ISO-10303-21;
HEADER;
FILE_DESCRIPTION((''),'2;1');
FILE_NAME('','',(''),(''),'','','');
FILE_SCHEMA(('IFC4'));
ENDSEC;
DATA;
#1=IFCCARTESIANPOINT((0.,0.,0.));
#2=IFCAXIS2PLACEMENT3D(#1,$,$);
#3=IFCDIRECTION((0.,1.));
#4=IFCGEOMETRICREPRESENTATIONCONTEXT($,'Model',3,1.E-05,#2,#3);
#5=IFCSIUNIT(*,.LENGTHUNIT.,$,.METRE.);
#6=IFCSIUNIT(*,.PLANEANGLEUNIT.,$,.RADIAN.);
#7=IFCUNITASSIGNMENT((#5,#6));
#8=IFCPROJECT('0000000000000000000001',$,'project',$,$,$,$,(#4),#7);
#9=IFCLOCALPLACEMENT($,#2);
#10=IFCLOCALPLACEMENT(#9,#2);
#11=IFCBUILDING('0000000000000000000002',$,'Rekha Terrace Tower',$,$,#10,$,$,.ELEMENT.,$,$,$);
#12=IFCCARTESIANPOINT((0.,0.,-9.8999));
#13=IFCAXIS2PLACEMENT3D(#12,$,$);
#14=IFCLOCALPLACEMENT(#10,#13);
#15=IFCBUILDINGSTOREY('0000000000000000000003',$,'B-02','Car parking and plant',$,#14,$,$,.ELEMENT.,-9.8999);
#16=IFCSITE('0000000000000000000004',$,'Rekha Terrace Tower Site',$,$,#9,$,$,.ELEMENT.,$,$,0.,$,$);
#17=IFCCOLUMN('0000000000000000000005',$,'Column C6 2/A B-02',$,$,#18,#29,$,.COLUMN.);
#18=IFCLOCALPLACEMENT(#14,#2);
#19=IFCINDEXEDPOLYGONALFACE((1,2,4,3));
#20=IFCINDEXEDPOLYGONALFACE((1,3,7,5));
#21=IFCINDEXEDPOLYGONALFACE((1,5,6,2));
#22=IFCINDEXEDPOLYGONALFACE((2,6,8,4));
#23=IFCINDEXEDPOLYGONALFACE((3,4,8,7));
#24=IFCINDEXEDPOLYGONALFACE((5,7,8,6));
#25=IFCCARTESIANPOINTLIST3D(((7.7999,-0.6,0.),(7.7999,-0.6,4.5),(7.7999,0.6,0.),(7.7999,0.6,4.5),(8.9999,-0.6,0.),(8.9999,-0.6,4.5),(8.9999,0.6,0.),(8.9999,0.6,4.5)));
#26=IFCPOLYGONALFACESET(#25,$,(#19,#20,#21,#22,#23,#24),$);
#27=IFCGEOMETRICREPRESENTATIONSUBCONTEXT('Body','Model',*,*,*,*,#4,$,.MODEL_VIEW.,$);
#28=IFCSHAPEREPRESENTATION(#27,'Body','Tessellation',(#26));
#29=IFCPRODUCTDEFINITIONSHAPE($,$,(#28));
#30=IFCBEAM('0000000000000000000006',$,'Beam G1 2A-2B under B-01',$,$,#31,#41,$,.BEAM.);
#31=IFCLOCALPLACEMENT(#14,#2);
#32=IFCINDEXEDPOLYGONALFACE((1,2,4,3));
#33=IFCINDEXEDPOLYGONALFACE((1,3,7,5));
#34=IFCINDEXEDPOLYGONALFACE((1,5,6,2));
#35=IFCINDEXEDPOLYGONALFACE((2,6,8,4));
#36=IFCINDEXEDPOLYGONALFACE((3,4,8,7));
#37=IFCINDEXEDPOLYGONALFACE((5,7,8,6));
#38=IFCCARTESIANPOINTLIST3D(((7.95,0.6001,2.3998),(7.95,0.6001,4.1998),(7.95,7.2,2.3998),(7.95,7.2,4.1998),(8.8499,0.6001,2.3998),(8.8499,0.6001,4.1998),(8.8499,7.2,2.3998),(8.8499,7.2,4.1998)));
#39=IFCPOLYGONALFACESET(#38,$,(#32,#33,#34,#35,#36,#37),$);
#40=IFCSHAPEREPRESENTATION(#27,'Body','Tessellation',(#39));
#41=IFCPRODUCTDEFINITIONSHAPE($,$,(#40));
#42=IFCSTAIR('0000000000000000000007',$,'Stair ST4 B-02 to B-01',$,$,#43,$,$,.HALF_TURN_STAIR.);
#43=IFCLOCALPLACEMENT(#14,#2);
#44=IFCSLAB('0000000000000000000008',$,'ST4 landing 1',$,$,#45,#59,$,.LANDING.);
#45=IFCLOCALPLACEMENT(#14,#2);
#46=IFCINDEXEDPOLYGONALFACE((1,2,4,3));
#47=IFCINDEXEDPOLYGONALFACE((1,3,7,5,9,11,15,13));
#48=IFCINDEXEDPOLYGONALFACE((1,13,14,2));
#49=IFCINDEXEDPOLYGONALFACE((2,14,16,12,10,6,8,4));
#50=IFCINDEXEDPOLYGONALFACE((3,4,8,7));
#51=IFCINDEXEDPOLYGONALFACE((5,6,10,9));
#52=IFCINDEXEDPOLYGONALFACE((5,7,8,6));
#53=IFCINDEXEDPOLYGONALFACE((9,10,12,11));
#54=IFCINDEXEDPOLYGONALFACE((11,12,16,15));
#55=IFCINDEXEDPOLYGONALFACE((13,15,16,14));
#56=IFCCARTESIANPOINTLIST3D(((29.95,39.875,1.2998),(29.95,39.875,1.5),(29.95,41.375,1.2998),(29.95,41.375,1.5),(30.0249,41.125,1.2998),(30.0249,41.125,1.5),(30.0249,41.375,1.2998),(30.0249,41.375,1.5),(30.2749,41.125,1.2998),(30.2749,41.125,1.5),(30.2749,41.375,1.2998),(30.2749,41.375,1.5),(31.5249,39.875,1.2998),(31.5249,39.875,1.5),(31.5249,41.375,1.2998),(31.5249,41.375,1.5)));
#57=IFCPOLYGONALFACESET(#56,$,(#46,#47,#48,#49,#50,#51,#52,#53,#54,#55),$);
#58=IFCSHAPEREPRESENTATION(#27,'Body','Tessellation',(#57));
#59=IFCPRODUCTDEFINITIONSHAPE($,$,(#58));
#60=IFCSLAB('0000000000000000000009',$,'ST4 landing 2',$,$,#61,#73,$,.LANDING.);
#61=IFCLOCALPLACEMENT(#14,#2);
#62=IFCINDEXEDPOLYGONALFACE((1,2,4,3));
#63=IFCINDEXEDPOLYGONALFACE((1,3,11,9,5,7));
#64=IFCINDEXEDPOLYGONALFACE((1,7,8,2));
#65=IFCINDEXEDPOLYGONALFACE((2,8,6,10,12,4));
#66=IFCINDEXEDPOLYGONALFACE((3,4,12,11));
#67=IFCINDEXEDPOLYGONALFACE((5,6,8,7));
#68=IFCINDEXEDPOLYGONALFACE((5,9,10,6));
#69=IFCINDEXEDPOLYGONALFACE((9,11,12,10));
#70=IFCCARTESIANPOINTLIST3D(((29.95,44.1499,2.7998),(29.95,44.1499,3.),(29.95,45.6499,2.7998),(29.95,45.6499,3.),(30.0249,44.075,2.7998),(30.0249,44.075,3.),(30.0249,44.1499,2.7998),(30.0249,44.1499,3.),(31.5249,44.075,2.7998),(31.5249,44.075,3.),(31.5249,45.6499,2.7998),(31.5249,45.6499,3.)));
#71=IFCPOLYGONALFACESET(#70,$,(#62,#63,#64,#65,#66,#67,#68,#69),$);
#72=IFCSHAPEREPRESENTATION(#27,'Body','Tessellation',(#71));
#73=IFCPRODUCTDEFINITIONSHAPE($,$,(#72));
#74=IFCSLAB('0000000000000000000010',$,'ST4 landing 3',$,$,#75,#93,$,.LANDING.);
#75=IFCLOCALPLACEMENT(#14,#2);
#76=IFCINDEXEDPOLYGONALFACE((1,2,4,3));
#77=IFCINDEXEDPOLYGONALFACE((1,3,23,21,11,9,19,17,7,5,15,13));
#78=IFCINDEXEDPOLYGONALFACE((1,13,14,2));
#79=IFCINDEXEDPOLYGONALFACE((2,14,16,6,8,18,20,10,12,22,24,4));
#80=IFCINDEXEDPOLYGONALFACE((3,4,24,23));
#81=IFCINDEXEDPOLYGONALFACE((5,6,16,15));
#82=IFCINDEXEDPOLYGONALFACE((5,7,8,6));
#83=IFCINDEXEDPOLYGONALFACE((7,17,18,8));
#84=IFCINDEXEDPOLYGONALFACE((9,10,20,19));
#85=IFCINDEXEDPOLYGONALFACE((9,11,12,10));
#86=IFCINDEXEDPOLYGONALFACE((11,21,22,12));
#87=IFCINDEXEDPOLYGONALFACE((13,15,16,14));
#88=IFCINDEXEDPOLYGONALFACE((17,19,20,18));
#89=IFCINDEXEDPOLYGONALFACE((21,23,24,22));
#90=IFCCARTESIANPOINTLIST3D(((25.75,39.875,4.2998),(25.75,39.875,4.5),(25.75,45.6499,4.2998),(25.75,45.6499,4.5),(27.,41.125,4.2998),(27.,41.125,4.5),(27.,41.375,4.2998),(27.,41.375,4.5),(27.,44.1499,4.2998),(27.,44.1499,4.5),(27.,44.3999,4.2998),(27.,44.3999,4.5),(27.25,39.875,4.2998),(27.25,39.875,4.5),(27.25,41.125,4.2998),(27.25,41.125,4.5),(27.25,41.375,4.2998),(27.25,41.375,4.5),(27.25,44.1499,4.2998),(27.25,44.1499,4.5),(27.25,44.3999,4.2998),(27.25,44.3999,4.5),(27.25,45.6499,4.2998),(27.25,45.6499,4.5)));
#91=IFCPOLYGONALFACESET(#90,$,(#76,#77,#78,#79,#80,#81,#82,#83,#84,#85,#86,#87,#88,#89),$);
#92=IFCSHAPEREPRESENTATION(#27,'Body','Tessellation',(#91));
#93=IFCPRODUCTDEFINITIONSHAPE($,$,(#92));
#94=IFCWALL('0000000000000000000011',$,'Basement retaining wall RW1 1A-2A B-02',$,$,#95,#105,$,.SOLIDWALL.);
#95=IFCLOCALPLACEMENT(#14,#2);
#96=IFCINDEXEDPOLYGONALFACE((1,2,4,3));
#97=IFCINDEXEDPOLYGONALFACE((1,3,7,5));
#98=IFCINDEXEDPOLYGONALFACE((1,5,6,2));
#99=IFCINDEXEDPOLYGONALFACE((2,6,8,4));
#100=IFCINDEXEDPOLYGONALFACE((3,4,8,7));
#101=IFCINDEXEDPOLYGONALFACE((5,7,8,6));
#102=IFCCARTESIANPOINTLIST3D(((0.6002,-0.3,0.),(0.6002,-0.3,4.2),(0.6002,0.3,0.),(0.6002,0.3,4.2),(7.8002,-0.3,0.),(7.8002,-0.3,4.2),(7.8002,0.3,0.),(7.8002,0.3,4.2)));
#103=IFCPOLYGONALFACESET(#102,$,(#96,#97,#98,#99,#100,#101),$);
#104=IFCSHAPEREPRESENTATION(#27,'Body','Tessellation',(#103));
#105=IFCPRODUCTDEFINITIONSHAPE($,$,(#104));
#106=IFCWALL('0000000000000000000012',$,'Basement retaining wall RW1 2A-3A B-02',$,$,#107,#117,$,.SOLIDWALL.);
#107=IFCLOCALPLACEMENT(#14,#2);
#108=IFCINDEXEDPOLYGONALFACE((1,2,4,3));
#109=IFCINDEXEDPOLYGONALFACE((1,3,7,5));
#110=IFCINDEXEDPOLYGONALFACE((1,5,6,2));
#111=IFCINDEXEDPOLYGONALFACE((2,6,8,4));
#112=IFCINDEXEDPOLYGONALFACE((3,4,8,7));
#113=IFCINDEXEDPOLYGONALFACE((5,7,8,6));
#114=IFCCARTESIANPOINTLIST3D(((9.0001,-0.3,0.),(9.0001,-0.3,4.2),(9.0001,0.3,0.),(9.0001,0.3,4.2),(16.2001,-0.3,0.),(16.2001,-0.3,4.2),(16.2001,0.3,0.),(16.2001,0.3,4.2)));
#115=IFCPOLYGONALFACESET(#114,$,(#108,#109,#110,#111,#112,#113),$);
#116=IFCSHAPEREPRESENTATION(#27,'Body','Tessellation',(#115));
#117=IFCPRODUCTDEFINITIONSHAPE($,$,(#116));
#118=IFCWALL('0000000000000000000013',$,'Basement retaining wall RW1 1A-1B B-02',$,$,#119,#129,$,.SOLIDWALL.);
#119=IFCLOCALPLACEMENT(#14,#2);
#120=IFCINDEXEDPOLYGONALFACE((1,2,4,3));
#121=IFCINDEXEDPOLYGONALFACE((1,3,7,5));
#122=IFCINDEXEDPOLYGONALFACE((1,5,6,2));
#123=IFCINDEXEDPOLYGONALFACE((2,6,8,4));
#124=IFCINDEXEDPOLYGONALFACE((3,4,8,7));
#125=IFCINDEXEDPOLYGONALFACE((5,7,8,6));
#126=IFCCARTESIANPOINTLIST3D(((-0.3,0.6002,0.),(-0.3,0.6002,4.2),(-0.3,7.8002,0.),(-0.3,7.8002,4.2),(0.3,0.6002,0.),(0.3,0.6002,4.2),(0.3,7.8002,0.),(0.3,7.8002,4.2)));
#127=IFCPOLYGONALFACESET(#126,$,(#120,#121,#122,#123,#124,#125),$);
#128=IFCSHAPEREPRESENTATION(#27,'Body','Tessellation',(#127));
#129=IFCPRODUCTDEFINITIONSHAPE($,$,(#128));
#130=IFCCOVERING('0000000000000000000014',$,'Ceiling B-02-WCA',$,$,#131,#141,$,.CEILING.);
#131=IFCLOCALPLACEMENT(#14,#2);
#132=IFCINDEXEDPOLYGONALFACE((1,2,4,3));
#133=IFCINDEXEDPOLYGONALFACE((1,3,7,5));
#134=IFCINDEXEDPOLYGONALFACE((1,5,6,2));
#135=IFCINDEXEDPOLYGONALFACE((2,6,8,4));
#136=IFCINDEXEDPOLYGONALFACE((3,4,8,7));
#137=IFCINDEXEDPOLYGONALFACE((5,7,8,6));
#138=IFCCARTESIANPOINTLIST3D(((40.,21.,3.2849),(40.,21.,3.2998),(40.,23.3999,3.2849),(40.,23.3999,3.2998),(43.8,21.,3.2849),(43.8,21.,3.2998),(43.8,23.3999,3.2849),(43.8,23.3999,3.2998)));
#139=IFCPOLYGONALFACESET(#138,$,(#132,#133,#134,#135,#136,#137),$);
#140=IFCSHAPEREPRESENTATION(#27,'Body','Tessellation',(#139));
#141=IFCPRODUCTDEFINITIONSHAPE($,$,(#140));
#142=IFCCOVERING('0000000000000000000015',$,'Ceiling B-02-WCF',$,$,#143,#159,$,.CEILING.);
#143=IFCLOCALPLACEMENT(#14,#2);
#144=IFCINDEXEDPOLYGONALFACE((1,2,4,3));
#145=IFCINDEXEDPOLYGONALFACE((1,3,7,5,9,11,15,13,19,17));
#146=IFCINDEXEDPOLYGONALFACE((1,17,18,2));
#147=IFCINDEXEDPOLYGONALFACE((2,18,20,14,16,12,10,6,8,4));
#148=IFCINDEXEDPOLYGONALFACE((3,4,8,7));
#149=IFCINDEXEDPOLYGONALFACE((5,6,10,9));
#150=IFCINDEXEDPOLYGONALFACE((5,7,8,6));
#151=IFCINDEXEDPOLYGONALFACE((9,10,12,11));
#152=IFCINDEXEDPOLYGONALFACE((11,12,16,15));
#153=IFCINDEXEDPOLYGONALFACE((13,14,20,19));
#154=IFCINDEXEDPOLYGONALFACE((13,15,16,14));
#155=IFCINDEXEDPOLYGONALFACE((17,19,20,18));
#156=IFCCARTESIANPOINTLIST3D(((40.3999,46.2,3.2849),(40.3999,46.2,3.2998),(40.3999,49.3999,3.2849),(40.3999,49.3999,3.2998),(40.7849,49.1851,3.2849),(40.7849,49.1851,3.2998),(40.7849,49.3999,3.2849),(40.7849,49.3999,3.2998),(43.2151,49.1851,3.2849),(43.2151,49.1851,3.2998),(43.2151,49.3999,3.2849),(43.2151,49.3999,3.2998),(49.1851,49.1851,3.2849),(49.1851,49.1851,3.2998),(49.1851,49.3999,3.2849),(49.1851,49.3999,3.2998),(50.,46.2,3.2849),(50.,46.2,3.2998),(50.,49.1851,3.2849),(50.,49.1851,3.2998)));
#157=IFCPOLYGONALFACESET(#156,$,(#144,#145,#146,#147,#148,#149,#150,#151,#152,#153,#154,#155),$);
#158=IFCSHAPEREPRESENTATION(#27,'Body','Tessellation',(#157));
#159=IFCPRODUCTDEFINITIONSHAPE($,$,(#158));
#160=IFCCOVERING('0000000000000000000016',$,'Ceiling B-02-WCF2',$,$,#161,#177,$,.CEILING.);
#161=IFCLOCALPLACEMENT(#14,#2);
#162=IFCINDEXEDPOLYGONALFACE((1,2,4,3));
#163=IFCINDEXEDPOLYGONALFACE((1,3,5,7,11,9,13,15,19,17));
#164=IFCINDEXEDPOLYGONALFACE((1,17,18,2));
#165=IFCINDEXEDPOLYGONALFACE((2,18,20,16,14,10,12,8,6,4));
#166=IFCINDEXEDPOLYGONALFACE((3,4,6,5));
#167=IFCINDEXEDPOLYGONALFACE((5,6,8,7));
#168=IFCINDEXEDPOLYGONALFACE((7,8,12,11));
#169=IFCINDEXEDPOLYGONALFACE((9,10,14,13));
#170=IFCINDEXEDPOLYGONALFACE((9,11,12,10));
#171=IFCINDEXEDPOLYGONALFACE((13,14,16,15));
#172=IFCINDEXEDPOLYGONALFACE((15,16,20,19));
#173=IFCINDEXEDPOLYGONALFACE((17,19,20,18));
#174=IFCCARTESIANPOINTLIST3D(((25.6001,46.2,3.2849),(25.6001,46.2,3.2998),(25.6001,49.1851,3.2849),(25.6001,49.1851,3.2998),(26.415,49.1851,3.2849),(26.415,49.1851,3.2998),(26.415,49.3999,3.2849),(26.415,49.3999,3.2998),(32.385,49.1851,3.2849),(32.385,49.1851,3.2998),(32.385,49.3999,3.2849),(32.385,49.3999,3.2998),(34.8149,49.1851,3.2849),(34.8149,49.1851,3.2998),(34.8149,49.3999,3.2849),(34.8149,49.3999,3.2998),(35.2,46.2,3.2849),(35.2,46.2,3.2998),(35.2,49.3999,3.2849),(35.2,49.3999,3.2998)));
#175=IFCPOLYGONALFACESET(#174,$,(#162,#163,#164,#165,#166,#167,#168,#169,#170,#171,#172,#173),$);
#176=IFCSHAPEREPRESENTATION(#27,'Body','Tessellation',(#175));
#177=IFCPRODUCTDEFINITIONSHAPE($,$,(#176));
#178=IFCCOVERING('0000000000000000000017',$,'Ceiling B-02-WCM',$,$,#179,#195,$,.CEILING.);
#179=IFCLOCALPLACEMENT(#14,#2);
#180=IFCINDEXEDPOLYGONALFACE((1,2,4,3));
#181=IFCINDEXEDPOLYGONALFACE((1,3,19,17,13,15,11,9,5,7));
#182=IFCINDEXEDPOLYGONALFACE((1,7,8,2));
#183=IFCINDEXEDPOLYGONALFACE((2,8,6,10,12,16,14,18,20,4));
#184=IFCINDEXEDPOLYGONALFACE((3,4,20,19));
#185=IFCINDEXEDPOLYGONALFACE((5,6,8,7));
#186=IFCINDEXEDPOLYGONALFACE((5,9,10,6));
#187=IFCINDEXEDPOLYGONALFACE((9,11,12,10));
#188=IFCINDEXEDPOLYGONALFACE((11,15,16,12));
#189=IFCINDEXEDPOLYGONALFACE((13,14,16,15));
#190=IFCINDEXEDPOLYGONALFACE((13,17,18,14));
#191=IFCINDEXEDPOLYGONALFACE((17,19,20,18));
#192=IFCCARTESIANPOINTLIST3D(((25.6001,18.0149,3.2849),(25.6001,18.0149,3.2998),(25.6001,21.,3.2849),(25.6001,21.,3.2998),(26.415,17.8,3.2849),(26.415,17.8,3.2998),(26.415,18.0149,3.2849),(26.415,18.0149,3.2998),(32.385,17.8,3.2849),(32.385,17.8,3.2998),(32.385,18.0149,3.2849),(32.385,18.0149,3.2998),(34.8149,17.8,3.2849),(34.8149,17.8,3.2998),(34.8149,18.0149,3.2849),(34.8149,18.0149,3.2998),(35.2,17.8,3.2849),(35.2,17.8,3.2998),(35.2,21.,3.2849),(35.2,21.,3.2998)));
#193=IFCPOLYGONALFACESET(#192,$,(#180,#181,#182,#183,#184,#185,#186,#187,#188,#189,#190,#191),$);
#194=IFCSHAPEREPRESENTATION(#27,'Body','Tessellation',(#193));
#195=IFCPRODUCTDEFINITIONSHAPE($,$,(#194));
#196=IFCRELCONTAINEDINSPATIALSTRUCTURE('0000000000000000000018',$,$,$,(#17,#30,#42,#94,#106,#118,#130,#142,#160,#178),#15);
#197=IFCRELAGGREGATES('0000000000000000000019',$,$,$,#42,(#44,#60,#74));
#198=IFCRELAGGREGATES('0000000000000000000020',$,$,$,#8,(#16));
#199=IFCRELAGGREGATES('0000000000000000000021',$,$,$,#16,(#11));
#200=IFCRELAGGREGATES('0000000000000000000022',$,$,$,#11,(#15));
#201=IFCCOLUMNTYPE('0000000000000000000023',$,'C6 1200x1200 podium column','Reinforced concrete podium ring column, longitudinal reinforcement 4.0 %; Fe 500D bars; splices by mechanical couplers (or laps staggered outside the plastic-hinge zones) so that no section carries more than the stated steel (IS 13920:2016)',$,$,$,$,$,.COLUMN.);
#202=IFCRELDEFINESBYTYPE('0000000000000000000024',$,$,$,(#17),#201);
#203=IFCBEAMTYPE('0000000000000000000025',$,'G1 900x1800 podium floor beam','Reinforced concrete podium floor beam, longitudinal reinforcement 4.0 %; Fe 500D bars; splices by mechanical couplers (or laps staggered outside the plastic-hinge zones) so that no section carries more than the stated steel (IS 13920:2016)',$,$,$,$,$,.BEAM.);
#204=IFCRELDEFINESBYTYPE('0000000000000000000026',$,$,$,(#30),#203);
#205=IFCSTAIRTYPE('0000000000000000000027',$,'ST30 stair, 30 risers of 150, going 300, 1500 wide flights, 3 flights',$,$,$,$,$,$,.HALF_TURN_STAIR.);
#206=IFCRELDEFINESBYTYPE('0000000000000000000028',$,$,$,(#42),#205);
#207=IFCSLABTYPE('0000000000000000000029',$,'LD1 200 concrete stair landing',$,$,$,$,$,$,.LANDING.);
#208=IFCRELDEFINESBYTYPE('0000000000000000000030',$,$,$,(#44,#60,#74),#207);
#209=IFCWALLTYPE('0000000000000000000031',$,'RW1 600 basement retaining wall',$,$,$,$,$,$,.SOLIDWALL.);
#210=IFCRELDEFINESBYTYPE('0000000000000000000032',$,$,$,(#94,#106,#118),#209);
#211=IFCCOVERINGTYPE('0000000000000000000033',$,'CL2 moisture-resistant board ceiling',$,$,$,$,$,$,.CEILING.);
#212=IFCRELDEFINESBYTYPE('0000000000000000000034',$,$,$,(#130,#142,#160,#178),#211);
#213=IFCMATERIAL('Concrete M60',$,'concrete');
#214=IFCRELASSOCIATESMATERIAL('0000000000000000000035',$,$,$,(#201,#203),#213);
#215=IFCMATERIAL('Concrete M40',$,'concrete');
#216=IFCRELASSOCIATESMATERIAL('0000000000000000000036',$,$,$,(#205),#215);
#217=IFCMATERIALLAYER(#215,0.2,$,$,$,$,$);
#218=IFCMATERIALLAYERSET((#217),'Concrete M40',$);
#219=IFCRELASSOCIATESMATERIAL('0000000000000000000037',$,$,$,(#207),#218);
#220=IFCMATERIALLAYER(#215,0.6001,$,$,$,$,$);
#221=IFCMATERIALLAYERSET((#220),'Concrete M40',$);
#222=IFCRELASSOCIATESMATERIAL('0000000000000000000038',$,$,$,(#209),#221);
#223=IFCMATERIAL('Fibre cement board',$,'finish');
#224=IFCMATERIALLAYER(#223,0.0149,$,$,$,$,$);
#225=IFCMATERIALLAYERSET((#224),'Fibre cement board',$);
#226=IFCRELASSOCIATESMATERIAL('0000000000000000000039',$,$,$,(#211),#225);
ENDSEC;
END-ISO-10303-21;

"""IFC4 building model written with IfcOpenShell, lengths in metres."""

from ifc_helpers import new_model, si_unit, direction, frame, frame_2d, origin, origin_2d, place, context, subcontext, project, spatial, polyline, rectangle, outline, extrude, material, layer, layer_set, material_profile, profile_set, type_object, element, aggregate, save


model = new_model("IFC4")

# Units and contexts
model_context = context("Model", 3, precision=1e-05, world=origin(), true_north=direction((0.0, 1.0)))
body_context = subcontext(model_context, "Body", "Model", "MODEL_VIEW")
ifc_project = project(units=[si_unit("LENGTHUNIT", "METRE"), si_unit("PLANEANGLEUNIT", "RADIAN")], contexts=[model_context])

# Site, building, storey
site_placement = place(None, origin())
site = spatial("IfcSite", under=ifc_project, at=site_placement, Name="Rekha Terrace Tower Site", CompositionType="ELEMENT", RefElevation=0.0)
building_placement = place(site_placement, origin())
building = spatial("IfcBuilding", under=site, at=building_placement, Name="Rekha Terrace Tower", CompositionType="ELEMENT")
storey_placement = place(building_placement, frame((0.0, 0.0, -9.8999)))
storey = spatial("IfcBuildingStorey", under=building, at=storey_placement, Name="B-02", Description="Car parking and plant", CompositionType="ELEMENT", Elevation=-9.8999)

# Column
ifc_material_1 = material(Name="Concrete M60", Category="concrete")
ifc_material_profile_1 = material_profile(ifc_material_1, rectangle(XDim=1.2, YDim=1.2, at=origin_2d()), Name="RC 1200x1200")
ifc_profile_set_1 = profile_set([ifc_material_profile_1], Name="Concrete M60")
column_type = type_object("IfcColumnType", Name="C6 1200x1200 podium column", Description="Reinforced concrete podium ring column, longitudinal reinforcement 4.0 %; Fe 500D bars; splices by mechanical couplers (or laps staggered outside the plastic-hinge zones) so that no section carries more than the stated steel (IS 13920:2016)", PredefinedType="COLUMN", material=ifc_profile_set_1)
column_placement = place(storey_placement, frame((8.3999, 0.0, 0.0), z_axis=(0.0, 0.0, 1.0), x_axis=(1.0, 0.0, 0.0)))
element("IfcColumn", 1, at=column_placement, inside=storey, type_object=column_type, Name="Column C6 2/A B-02", PredefinedType="COLUMN", context=body_context, shape_type="SweptSolid", body=[
    extrude(rectangle(XDim=1.2, YDim=1.2, at=origin_2d()), origin(), (0.0, 0.0, 1.0), 4.5),
])

# Beam
ifc_material_profile_2 = material_profile(ifc_material_1, rectangle(XDim=0.8999, YDim=1.8, at=origin_2d()), Name="RC 900x1800")
ifc_profile_set_2 = profile_set([ifc_material_profile_2], Name="Concrete M60")
beam_type = type_object("IfcBeamType", Name="G1 900x1800 podium floor beam", Description="Reinforced concrete podium floor beam, longitudinal reinforcement 4.0 %; Fe 500D bars; splices by mechanical couplers (or laps staggered outside the plastic-hinge zones) so that no section carries more than the stated steel (IS 13920:2016)", PredefinedType="BEAM", material=ifc_profile_set_2)
beam_placement = place(storey_placement, frame((8.3999, 0.6001, 3.2998), z_axis=(0.0, 1.0, 0.0), x_axis=(-1.0, 0.0, 0.0)))
element("IfcBeam", 2, at=beam_placement, inside=storey, type_object=beam_type, Name="Beam G1 2A-2B under B-01", PredefinedType="BEAM", context=body_context, shape_type="SweptSolid", body=[
    extrude(rectangle(XDim=0.8999, YDim=1.8, at=origin_2d()), origin(), (0.0, 0.0, 1.0), 6.5999),
])

# Stair, slabs
ifc_material_2 = material(Name="Concrete M40", Category="concrete")
stair_type = type_object("IfcStairType", Name="ST30 stair, 30 risers of 150, going 300, 1500 wide flights, 3 flights", PredefinedType="HALF_TURN_STAIR", material=ifc_material_2)
stair_placement = place(storey_placement, origin())
stair = element("IfcStair", 3, at=stair_placement, inside=storey, type_object=stair_type, Name="Stair ST4 B-02 to B-01", PredefinedType="HALF_TURN_STAIR")
ifc_layer_1 = layer(ifc_material_2, 0.2)
ifc_layer_set_1 = layer_set([ifc_layer_1], Name="Concrete M40")
slab_type = type_object("IfcSlabType", Name="LD1 200 concrete stair landing", PredefinedType="LANDING", material=ifc_layer_set_1)
slab_1_placement = place(storey_placement, frame((0.0, 0.0, 1.2998)))
slab_1 = element("IfcSlab", 4, at=slab_1_placement, type_object=slab_type, Name="ST4 landing 1", PredefinedType="LANDING", context=body_context, shape_type="SweptSolid", body=[
    extrude(outline(polyline([(31.5249, 41.375), (31.5249, 39.875), (29.95, 39.875), (29.95, 41.375), (30.0249, 41.375), (30.0249, 41.125), (30.2749, 41.125), (30.2749, 41.375), (31.5249, 41.375)])), origin(), (0.0, 0.0, 1.0), 0.2002),
])
slab_2_placement = place(storey_placement, frame((0.0, 0.0, 2.7998)))
slab_2 = element("IfcSlab", 5, at=slab_2_placement, type_object=slab_type, Name="ST4 landing 2", PredefinedType="LANDING", context=body_context, shape_type="SweptSolid", body=[
    extrude(outline(polyline([(29.95, 44.1499), (29.95, 45.6499), (31.5249, 45.6499), (31.5249, 44.075), (30.0249, 44.075), (30.0249, 44.1499), (29.95, 44.1499)])), origin(), (0.0, 0.0, 1.0), 0.2002),
])
slab_3_placement = place(storey_placement, frame((0.0, 0.0, 4.2998)))
slab_3 = element("IfcSlab", 6, at=slab_3_placement, type_object=slab_type, Name="ST4 landing 3", PredefinedType="LANDING", context=body_context, shape_type="SweptSolid", body=[
    extrude(outline(polyline([(27.25, 39.875), (25.75, 39.875), (25.75, 45.6499), (27.25, 45.6499), (27.25, 44.3999), (27.0, 44.3999), (27.0, 44.1499), (27.25, 44.1499), (27.25, 41.375), (27.0, 41.375), (27.0, 41.125), (27.25, 41.125), (27.25, 39.875)])), origin(), (0.0, 0.0, 1.0), 0.2002),
])
aggregate(stair, [slab_1, slab_2, slab_3])

# Walls
ifc_layer_2 = layer(ifc_material_2, 0.6001)
ifc_layer_set_2 = layer_set([ifc_layer_2], Name="Concrete M40")
wall_type = type_object("IfcWallType", Name="RW1 600 basement retaining wall", PredefinedType="SOLIDWALL", material=ifc_layer_set_2)
for number, where, z_axis, x_axis, name in (
    (7, (0.6001, 0.0, 0.0), (0.0, 0.0, 1.0), (1.0, 0.0, 0.0), "Basement retaining wall RW1 1A-2A B-02"),
    (8, (9.0, 0.0, 0.0), (0.0, 0.0, 1.0), (1.0, 0.0, 0.0), "Basement retaining wall RW1 2A-3A B-02"),
    (9, (0.0, 0.6001, 0.0), (0.0, 0.0, 1.0), (0.0, 1.0, 0.0), "Basement retaining wall RW1 1A-1B B-02"),
):
    element("IfcWall", number, at=place(storey_placement, frame(where, z_axis=z_axis, x_axis=x_axis)), inside=storey, type_object=wall_type, Name=name, PredefinedType="SOLIDWALL", context=body_context, shape_type="SweptSolid", body=[
        extrude(rectangle(XDim=7.2, YDim=0.6001, at=frame_2d((3.6001, 0.0))), origin(), (0.0, 0.0, 1.0), 4.2),
    ])

# Coverings
ifc_material_3 = material(Name="Fibre cement board", Category="finish")
ifc_layer_3 = layer(ifc_material_3, 0.0149)
ifc_layer_set_3 = layer_set([ifc_layer_3], Name="Fibre cement board")
covering_type = type_object("IfcCoveringType", Name="CL2 moisture-resistant board ceiling", PredefinedType="CEILING", material=ifc_layer_set_3)
covering_1_placement = place(storey_placement, frame((0.0, 0.0, 3.2849)))
element("IfcCovering", 10, at=covering_1_placement, inside=storey, type_object=covering_type, Name="Ceiling B-02-WCA", PredefinedType="CEILING", context=body_context, shape_type="SweptSolid", body=[
    extrude(outline(polyline([(43.8, 23.3999), (40.0, 23.3999), (40.0, 21.0), (43.8, 21.0), (43.8, 23.3999)])), origin(), (0.0, 0.0, 1.0), 0.0149),
])
covering_2_placement = place(storey_placement, frame((0.0, 0.0, 3.2849)))
element("IfcCovering", 11, at=covering_2_placement, inside=storey, type_object=covering_type, Name="Ceiling B-02-WCF", PredefinedType="CEILING", context=body_context, shape_type="SweptSolid", body=[
    extrude(outline(polyline([(40.7849, 49.3999), (40.3999, 49.3999), (40.3999, 46.2), (50.0, 46.2), (50.0, 49.1851), (49.1851, 49.1851), (49.1851, 49.3999), (43.2151, 49.3999), (43.2151, 49.1851), (40.7849, 49.1851), (40.7849, 49.3999)])), origin(), (0.0, 0.0, 1.0), 0.0149),
])
covering_3_placement = place(storey_placement, frame((0.0, 0.0, 3.2849)))
element("IfcCovering", 12, at=covering_3_placement, inside=storey, type_object=covering_type, Name="Ceiling B-02-WCF2", PredefinedType="CEILING", context=body_context, shape_type="SweptSolid", body=[
    extrude(outline(polyline([(26.415, 49.1851), (25.6001, 49.1851), (25.6001, 46.2), (35.2, 46.2), (35.2, 49.3999), (34.8149, 49.3999), (34.8149, 49.1851), (32.385, 49.1851), (32.385, 49.3999), (26.415, 49.3999), (26.415, 49.1851)])), origin(), (0.0, 0.0, 1.0), 0.0149),
])
covering_4_placement = place(storey_placement, frame((0.0, 0.0, 3.2849)))
element("IfcCovering", 13, at=covering_4_placement, inside=storey, type_object=covering_type, Name="Ceiling B-02-WCM", PredefinedType="CEILING", context=body_context, shape_type="SweptSolid", body=[
    extrude(outline(polyline([(35.2, 21.0), (25.6001, 21.0), (25.6001, 18.0149), (26.415, 18.0149), (26.415, 17.8), (32.385, 17.8), (32.385, 18.0149), (34.8149, 18.0149), (34.8149, 17.8), (35.2, 17.8), (35.2, 21.0)])), origin(), (0.0, 0.0, 1.0), 0.0149),
])

save(model, "model.ifc")
